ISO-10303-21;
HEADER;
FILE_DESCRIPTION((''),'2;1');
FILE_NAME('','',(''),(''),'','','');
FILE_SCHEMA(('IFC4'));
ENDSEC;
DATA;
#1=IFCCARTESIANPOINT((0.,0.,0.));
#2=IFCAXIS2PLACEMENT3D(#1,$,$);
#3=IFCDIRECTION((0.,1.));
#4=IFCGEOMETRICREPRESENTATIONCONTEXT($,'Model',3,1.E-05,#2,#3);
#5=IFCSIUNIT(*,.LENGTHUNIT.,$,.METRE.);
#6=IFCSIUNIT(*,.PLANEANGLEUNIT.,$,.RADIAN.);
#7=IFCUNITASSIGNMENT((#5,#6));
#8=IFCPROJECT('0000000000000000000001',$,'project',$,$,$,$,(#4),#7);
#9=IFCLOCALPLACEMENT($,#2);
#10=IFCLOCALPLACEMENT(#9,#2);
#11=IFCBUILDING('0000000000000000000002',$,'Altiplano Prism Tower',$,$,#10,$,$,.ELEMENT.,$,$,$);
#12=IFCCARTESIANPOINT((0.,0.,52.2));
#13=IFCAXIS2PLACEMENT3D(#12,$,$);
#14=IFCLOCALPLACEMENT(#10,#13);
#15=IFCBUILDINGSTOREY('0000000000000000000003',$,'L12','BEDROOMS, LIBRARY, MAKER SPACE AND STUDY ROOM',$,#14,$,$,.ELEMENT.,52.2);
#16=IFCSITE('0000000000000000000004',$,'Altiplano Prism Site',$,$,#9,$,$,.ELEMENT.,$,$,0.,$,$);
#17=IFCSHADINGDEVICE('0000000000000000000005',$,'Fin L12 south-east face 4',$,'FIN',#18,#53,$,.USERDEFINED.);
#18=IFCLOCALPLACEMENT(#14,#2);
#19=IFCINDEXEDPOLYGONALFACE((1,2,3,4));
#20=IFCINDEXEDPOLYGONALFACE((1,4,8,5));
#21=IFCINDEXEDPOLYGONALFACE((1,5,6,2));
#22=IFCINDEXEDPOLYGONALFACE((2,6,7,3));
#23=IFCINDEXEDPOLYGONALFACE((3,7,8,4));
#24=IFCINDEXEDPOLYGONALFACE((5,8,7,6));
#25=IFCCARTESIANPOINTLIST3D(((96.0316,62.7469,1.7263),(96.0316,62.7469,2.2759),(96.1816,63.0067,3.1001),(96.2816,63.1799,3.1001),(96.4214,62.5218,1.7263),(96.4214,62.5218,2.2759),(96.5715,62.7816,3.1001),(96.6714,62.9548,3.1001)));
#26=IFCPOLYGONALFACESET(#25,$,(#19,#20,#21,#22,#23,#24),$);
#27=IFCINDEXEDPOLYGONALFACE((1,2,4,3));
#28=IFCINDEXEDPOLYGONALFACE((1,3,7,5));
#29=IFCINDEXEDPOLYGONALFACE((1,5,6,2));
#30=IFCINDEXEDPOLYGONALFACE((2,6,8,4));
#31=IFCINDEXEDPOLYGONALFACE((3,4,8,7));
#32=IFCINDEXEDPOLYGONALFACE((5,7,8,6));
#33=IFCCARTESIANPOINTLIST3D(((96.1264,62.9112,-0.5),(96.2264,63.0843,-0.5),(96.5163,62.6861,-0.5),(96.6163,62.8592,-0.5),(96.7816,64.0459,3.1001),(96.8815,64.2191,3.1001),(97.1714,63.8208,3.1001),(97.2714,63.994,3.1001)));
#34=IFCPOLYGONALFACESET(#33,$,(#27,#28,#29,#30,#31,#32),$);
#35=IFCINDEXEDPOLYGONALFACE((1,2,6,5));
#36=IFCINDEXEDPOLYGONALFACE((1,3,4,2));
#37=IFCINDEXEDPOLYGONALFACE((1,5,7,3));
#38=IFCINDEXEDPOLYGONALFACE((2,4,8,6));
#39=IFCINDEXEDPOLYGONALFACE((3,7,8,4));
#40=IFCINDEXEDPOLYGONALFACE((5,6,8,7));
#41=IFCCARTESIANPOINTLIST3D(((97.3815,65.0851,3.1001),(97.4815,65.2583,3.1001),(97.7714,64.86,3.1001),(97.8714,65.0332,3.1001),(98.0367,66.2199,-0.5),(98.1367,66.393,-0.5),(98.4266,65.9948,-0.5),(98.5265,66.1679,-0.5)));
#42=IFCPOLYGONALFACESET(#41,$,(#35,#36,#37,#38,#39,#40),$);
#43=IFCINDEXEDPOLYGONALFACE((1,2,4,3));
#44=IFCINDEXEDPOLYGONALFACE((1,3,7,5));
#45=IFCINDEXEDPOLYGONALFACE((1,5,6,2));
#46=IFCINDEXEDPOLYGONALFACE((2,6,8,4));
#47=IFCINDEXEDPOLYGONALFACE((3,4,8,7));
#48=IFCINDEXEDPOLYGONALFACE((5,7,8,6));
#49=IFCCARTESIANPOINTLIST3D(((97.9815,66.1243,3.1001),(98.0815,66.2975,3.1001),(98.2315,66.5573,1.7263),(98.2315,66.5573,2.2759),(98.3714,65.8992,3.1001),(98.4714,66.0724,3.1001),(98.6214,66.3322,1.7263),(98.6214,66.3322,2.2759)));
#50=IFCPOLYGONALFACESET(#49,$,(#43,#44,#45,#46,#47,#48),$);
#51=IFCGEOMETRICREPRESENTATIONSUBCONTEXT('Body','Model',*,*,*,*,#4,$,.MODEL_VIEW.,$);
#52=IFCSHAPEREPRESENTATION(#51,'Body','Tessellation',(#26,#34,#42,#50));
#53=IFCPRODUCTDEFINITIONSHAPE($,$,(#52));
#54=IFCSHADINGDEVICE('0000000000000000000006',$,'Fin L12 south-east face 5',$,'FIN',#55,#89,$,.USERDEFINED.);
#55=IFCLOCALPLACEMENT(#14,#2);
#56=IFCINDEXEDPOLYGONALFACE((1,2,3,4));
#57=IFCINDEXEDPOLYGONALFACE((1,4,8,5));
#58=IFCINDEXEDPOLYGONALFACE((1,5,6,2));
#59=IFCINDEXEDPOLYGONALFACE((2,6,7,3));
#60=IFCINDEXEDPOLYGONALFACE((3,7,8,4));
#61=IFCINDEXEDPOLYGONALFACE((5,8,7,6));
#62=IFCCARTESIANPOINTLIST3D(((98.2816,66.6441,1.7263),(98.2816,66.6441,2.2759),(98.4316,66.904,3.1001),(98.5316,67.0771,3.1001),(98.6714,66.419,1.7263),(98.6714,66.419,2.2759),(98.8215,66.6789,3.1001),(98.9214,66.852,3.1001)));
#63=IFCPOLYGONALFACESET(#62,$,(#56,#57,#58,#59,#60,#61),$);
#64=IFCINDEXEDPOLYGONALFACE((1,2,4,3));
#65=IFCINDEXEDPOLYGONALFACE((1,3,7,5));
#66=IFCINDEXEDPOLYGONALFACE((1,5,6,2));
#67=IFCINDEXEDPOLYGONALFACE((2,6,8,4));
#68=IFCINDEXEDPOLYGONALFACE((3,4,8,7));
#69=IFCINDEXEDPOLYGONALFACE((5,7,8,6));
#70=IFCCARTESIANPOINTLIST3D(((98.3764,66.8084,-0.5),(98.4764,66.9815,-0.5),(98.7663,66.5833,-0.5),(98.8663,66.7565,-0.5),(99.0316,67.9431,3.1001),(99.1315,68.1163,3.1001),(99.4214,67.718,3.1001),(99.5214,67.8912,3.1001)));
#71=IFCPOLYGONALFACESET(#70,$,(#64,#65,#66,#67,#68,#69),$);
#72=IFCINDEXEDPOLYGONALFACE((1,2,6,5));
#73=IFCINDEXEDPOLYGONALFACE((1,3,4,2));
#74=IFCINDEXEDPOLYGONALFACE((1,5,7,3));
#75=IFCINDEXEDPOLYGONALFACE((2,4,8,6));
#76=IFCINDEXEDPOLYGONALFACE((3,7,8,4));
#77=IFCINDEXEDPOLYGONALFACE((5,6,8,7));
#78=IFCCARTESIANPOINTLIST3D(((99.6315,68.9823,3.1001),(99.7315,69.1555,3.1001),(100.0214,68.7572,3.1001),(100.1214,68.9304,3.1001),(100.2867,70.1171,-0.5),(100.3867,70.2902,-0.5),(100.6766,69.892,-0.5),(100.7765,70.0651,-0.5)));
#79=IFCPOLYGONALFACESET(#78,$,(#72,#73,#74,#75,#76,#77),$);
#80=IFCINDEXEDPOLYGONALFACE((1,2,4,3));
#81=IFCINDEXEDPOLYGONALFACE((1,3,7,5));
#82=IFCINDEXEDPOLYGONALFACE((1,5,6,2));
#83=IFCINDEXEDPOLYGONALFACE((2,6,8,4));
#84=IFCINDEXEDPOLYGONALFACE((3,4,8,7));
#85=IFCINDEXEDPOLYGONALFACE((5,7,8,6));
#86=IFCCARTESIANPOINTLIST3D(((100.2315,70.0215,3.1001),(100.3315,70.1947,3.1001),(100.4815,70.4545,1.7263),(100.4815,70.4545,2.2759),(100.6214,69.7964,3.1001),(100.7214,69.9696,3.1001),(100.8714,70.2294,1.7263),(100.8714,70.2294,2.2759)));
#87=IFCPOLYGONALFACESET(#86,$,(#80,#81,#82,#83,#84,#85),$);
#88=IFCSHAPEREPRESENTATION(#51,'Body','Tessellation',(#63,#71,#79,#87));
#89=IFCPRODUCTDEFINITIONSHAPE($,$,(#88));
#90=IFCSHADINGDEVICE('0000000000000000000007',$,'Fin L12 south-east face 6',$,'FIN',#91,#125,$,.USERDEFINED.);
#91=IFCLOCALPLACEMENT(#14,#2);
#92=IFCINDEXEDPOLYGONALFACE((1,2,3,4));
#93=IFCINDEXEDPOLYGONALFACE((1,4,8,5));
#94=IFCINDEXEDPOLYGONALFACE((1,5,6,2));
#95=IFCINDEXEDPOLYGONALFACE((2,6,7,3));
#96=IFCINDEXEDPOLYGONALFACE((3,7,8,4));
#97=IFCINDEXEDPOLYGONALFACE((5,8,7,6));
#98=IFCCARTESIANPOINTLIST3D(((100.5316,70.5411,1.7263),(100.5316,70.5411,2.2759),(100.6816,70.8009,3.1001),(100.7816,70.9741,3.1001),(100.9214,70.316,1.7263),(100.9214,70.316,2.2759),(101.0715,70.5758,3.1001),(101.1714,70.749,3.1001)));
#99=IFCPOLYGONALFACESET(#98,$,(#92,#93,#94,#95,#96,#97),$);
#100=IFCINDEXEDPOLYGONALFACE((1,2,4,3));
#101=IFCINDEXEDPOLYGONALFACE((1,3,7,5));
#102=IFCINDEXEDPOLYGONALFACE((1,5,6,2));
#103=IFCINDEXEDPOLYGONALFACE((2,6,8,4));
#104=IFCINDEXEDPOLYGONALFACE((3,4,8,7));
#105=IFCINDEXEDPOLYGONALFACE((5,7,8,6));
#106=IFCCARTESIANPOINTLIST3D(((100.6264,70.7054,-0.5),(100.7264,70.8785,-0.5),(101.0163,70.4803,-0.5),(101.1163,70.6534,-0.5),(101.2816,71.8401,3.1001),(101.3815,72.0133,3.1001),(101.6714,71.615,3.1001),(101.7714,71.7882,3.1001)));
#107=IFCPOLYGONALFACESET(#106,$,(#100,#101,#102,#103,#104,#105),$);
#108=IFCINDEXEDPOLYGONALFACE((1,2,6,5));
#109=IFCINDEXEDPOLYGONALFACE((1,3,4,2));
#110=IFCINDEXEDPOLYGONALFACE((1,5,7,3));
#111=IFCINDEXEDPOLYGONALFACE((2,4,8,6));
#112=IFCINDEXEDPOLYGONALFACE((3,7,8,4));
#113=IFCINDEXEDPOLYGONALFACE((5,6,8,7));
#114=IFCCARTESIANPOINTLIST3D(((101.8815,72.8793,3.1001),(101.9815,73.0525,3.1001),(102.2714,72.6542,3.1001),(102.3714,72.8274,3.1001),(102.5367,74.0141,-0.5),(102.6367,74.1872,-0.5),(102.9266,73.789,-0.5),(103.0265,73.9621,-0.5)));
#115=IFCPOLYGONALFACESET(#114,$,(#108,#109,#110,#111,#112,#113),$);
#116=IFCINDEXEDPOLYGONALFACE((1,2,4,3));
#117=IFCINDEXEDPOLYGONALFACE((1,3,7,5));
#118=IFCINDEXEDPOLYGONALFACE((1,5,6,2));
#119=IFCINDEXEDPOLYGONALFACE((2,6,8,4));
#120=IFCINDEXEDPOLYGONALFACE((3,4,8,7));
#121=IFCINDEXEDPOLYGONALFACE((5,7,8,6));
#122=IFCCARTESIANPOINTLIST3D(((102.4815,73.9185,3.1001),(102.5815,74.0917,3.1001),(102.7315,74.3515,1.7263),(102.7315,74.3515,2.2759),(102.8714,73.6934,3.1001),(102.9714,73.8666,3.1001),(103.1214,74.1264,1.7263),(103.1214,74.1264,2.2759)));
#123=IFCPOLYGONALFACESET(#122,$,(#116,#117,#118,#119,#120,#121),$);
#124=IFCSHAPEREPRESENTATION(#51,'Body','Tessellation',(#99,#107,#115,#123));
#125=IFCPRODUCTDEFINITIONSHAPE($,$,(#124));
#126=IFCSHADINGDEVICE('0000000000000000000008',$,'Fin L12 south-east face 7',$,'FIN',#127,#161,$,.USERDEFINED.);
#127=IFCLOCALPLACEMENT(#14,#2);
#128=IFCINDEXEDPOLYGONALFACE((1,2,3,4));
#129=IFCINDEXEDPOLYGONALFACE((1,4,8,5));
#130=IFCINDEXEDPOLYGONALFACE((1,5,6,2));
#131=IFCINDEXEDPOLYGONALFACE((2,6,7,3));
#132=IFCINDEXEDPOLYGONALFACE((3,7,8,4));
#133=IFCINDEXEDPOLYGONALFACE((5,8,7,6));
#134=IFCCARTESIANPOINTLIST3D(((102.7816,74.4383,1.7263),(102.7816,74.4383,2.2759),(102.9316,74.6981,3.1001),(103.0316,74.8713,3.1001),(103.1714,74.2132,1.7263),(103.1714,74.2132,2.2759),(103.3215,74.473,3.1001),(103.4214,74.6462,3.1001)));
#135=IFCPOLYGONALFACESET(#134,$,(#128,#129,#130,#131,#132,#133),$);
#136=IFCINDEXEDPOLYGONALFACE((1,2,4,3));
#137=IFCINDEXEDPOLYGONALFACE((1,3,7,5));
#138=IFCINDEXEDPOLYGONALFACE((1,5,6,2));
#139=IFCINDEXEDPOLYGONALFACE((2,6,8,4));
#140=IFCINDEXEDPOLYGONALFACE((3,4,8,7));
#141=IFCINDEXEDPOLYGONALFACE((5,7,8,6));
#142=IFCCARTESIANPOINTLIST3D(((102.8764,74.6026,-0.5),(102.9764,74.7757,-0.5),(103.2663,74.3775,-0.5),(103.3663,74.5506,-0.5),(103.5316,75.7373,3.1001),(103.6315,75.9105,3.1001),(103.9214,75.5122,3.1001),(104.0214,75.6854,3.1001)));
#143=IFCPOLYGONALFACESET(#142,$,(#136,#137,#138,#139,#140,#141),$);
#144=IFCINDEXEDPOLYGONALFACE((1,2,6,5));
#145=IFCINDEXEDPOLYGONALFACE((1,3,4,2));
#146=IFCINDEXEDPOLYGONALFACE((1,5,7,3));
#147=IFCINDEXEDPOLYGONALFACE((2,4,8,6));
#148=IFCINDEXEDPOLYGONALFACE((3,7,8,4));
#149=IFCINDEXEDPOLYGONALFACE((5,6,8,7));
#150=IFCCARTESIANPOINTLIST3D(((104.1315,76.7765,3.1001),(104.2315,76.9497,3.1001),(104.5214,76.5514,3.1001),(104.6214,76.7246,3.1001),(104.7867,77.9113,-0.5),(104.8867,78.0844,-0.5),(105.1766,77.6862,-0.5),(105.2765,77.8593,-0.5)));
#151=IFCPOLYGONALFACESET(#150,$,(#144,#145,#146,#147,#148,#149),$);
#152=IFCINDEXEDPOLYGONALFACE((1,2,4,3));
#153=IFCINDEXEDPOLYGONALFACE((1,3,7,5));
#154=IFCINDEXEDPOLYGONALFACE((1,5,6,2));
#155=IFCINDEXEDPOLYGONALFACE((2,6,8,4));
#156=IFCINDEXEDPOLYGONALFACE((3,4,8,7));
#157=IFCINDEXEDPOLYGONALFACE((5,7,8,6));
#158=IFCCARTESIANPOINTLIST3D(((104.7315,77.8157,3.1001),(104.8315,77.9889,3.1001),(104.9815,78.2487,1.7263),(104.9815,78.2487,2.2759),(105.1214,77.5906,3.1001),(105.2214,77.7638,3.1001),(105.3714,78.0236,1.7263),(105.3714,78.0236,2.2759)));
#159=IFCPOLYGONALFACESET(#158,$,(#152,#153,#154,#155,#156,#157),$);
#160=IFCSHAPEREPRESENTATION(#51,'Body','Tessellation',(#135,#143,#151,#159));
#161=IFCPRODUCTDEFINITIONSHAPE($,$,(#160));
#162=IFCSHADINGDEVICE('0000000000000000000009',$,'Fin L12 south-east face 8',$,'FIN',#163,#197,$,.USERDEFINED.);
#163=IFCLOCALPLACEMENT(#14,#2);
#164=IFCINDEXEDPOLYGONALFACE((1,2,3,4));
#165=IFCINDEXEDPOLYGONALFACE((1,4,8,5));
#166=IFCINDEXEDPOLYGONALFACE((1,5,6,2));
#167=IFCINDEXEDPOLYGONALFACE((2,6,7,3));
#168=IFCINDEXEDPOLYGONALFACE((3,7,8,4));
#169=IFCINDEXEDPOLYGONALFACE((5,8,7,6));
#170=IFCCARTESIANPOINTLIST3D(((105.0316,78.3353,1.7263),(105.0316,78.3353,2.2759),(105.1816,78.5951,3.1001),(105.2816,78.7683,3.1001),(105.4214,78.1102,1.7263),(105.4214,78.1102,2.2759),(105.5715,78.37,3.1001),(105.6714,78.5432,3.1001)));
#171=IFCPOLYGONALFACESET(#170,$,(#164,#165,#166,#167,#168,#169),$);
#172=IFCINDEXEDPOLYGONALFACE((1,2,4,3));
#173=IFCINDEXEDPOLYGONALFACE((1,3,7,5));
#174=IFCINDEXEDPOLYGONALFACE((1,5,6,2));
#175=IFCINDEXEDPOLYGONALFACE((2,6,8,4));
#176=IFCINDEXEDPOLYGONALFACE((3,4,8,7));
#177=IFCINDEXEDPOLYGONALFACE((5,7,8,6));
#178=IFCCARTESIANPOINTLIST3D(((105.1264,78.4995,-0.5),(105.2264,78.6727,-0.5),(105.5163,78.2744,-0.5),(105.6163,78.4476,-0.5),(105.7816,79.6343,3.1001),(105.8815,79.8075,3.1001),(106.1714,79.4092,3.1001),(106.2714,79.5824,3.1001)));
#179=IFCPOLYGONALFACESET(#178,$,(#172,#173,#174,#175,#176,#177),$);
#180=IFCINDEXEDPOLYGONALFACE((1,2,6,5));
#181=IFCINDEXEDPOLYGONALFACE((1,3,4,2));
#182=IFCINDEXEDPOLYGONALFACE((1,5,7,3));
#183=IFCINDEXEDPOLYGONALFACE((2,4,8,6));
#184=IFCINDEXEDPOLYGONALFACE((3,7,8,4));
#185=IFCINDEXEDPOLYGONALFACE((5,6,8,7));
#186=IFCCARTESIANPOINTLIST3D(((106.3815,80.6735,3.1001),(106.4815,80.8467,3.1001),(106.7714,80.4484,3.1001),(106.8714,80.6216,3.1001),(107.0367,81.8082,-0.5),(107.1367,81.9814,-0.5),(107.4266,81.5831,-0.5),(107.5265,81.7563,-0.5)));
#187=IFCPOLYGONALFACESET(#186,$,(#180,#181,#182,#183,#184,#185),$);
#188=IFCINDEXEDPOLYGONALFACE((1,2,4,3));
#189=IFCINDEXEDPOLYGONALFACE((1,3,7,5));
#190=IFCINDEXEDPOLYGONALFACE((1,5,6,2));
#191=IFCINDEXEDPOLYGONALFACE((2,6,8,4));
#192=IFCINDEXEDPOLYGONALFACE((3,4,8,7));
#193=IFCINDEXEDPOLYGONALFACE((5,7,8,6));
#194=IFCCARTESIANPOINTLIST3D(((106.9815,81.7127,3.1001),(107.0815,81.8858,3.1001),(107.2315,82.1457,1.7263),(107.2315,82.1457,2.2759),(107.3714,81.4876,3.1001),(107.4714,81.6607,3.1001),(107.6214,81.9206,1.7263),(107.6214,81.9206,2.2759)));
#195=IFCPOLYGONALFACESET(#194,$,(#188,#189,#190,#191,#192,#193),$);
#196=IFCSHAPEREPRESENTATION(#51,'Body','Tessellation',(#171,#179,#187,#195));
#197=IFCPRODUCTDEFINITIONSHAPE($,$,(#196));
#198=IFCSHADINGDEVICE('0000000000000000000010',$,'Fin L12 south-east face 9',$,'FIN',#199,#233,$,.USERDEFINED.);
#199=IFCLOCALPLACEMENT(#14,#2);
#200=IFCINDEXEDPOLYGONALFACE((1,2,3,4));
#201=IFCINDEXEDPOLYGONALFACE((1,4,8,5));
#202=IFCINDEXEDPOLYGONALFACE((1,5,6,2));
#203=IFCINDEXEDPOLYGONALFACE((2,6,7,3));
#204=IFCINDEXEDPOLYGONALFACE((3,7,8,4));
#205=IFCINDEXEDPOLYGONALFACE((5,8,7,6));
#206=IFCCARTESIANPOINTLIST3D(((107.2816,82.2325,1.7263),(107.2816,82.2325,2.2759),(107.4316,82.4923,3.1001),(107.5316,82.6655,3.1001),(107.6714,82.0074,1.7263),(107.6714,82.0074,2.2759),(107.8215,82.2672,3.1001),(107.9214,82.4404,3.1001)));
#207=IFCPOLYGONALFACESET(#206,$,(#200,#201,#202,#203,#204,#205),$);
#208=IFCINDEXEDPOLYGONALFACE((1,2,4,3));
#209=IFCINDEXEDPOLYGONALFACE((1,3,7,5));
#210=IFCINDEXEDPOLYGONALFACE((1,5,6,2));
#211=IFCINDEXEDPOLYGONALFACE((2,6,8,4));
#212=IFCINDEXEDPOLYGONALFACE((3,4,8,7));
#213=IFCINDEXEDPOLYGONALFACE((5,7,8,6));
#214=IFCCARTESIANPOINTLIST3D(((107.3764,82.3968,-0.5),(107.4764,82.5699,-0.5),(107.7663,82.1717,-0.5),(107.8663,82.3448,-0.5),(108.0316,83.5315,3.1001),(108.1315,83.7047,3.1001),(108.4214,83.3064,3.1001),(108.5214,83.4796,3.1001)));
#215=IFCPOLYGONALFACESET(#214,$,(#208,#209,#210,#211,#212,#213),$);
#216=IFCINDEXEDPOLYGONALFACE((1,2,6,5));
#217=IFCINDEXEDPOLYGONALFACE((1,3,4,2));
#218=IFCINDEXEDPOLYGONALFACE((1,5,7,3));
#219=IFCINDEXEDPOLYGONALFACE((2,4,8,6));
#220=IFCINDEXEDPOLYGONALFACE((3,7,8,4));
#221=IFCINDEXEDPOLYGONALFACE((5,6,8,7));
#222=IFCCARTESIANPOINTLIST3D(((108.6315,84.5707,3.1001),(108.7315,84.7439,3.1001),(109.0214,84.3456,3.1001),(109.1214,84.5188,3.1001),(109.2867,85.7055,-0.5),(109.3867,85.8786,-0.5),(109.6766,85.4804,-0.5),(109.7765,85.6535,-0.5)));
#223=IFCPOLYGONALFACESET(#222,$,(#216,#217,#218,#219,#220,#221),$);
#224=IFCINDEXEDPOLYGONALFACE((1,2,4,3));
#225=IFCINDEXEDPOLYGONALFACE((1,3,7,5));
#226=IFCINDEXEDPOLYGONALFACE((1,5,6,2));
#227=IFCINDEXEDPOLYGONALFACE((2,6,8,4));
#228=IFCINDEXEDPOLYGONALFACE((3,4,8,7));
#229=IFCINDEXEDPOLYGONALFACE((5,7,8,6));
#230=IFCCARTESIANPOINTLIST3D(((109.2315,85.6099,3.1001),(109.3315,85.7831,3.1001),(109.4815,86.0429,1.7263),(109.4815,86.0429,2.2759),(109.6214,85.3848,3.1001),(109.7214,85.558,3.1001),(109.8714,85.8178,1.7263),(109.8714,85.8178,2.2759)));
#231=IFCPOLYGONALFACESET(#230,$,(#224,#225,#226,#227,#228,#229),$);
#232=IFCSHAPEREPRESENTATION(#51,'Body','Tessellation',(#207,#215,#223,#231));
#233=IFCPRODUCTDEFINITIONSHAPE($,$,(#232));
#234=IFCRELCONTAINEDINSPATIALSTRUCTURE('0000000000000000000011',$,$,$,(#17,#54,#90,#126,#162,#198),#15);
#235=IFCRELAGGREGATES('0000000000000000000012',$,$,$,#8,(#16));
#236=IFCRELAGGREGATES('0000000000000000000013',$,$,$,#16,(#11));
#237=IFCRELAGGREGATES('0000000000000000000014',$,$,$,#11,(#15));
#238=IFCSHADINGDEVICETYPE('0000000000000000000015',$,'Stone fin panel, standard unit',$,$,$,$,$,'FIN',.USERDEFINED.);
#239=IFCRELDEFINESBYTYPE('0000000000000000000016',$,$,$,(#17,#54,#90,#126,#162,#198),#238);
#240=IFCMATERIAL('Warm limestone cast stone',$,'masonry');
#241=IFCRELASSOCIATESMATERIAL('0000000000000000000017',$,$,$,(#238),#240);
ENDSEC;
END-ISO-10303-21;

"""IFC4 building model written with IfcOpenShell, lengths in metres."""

from ifc_helpers import new_model, si_unit, direction, frame, origin, place, context, subcontext, project, spatial, polyline, outline, extrude, source, transform, mapped, material, type_object, element, save


model = new_model("IFC4")

# Units and contexts
model_context = context("Model", 3, precision=1e-05, world=origin(), true_north=direction((0.0, 1.0)))
body_context = subcontext(model_context, "Body", "Model", "MODEL_VIEW")
ifc_project = project(units=[si_unit("LENGTHUNIT", "METRE"), si_unit("PLANEANGLEUNIT", "RADIAN")], contexts=[model_context])

# Site, building, storey
site_placement = place(None, origin())
site = spatial("IfcSite", under=ifc_project, at=site_placement, Name="Altiplano Prism Site", CompositionType="ELEMENT", RefElevation=0.0)
building_placement = place(site_placement, origin())
building = spatial("IfcBuilding", under=site, at=building_placement, Name="Altiplano Prism Tower", CompositionType="ELEMENT")
storey_placement = place(building_placement, frame((0.0, 0.0, 52.2)))
storey = spatial("IfcBuildingStorey", under=building, at=storey_placement, Name="L12", Description="BEDROOMS, LIBRARY, MAKER SPACE AND STUDY ROOM", CompositionType="ELEMENT", Elevation=52.2)

# Shading devices
ifc_material_1 = material(Name="Warm limestone cast stone", Category="masonry")
shading_device_type_1 = type_object("IfcShadingDeviceType", Name="Stone fin panel, standard unit", ElementType="FIN", PredefinedType="USERDEFINED", material=ifc_material_1)
shared_shape_1 = source(origin(), body_context, "Body", "SweptSolid", [
    extrude(outline(polyline([(-2.2, 2.2263), (-1.7, 3.6001), (-1.8999, 3.6001), (-2.2, 2.7759), (-2.2, 2.2263)])), frame((0.0, -0.1499, 0.0), z_axis=(0.0, -1.0, 0.0), x_axis=(1.0, 0.0, 0.0)), (0.0, 0.0, 1.0), 0.4502),
    extrude(outline(polyline([(-2.0103, 0.0), (-1.8103, 0.0), (-0.5, 3.6001), (-0.7, 3.6001), (-2.0103, 0.0)])), frame((0.0, -0.1499, 0.0), z_axis=(0.0, -1.0, 0.0), x_axis=(1.0, 0.0, 0.0)), (0.0, 0.0, 1.0), 0.4502),
    extrude(outline(polyline([(1.8103, 0.0), (2.0103, 0.0), (0.7, 3.6001), (0.5, 3.6001), (1.8103, 0.0)])), frame((0.0, -0.1499, 0.0), z_axis=(0.0, -1.0, 0.0), x_axis=(1.0, 0.0, 0.0)), (0.0, 0.0, 1.0), 0.4502),
    extrude(outline(polyline([(2.2, 2.7759), (1.8999, 3.6001), (1.7, 3.6001), (2.2, 2.2263), (2.2, 2.7759)])), frame((0.0, -0.1499, 0.0), z_axis=(0.0, -1.0, 0.0), x_axis=(1.0, 0.0, 0.0)), (0.0, 0.0, 1.0), 0.4502),
])
shading_device_1_placement = place(storey_placement, origin())
element("IfcShadingDevice", 1, at=shading_device_1_placement, inside=storey, type_object=shading_device_type_1, Name="Fin L12 south-east face 4", ObjectType="FIN", PredefinedType="USERDEFINED", context=body_context, shape_type="MappedRepresentation", body=[
    mapped(shared_shape_1, transform((97.0017, 64.7271, -0.5), x_axis=(0.5, 0.866025, 0.0), y_axis=(-0.866025, 0.5, 0.0), z_axis=(0.0, 0.0, 1.0))),
])
shading_device_2_placement = place(storey_placement, origin())
element("IfcShadingDevice", 2, at=shading_device_2_placement, inside=storey, type_object=shading_device_type_1, Name="Fin L12 south-east face 5", ObjectType="FIN", PredefinedType="USERDEFINED", context=body_context, shape_type="MappedRepresentation", body=[
    mapped(shared_shape_1, transform((99.2517, 68.6243, -0.5), x_axis=(0.5, 0.866025, 0.0), y_axis=(-0.866025, 0.5, 0.0), z_axis=(0.0, 0.0, 1.0))),
])
shading_device_3_placement = place(storey_placement, origin())
element("IfcShadingDevice", 3, at=shading_device_3_placement, inside=storey, type_object=shading_device_type_1, Name="Fin L12 south-east face 6", ObjectType="FIN", PredefinedType="USERDEFINED", context=body_context, shape_type="MappedRepresentation", body=[
    mapped(shared_shape_1, transform((101.5017, 72.5212, -0.5), x_axis=(0.5, 0.866025, 0.0), y_axis=(-0.866025, 0.5, 0.0), z_axis=(0.0, 0.0, 1.0))),
])
shading_device_4_placement = place(storey_placement, origin())
element("IfcShadingDevice", 4, at=shading_device_4_placement, inside=storey, type_object=shading_device_type_1, Name="Fin L12 south-east face 7", ObjectType="FIN", PredefinedType="USERDEFINED", context=body_context, shape_type="MappedRepresentation", body=[
    mapped(shared_shape_1, transform((103.7517, 76.4185, -0.5), x_axis=(0.5, 0.866025, 0.0), y_axis=(-0.866025, 0.5, 0.0), z_axis=(0.0, 0.0, 1.0))),
])
shading_device_5_placement = place(storey_placement, origin())
element("IfcShadingDevice", 5, at=shading_device_5_placement, inside=storey, type_object=shading_device_type_1, Name="Fin L12 south-east face 8", ObjectType="FIN", PredefinedType="USERDEFINED", context=body_context, shape_type="MappedRepresentation", body=[
    mapped(shared_shape_1, transform((106.0017, 80.3154, -0.5), x_axis=(0.5, 0.866025, 0.0), y_axis=(-0.866025, 0.5, 0.0), z_axis=(0.0, 0.0, 1.0))),
])
shading_device_6_placement = place(storey_placement, origin())
element("IfcShadingDevice", 6, at=shading_device_6_placement, inside=storey, type_object=shading_device_type_1, Name="Fin L12 south-east face 9", ObjectType="FIN", PredefinedType="USERDEFINED", context=body_context, shape_type="MappedRepresentation", body=[
    mapped(shared_shape_1, transform((108.2517, 84.2126, -0.5), x_axis=(0.5, 0.866025, 0.0), y_axis=(-0.866025, 0.5, 0.0), z_axis=(0.0, 0.0, 1.0))),
])

save(model, "model.ifc")
